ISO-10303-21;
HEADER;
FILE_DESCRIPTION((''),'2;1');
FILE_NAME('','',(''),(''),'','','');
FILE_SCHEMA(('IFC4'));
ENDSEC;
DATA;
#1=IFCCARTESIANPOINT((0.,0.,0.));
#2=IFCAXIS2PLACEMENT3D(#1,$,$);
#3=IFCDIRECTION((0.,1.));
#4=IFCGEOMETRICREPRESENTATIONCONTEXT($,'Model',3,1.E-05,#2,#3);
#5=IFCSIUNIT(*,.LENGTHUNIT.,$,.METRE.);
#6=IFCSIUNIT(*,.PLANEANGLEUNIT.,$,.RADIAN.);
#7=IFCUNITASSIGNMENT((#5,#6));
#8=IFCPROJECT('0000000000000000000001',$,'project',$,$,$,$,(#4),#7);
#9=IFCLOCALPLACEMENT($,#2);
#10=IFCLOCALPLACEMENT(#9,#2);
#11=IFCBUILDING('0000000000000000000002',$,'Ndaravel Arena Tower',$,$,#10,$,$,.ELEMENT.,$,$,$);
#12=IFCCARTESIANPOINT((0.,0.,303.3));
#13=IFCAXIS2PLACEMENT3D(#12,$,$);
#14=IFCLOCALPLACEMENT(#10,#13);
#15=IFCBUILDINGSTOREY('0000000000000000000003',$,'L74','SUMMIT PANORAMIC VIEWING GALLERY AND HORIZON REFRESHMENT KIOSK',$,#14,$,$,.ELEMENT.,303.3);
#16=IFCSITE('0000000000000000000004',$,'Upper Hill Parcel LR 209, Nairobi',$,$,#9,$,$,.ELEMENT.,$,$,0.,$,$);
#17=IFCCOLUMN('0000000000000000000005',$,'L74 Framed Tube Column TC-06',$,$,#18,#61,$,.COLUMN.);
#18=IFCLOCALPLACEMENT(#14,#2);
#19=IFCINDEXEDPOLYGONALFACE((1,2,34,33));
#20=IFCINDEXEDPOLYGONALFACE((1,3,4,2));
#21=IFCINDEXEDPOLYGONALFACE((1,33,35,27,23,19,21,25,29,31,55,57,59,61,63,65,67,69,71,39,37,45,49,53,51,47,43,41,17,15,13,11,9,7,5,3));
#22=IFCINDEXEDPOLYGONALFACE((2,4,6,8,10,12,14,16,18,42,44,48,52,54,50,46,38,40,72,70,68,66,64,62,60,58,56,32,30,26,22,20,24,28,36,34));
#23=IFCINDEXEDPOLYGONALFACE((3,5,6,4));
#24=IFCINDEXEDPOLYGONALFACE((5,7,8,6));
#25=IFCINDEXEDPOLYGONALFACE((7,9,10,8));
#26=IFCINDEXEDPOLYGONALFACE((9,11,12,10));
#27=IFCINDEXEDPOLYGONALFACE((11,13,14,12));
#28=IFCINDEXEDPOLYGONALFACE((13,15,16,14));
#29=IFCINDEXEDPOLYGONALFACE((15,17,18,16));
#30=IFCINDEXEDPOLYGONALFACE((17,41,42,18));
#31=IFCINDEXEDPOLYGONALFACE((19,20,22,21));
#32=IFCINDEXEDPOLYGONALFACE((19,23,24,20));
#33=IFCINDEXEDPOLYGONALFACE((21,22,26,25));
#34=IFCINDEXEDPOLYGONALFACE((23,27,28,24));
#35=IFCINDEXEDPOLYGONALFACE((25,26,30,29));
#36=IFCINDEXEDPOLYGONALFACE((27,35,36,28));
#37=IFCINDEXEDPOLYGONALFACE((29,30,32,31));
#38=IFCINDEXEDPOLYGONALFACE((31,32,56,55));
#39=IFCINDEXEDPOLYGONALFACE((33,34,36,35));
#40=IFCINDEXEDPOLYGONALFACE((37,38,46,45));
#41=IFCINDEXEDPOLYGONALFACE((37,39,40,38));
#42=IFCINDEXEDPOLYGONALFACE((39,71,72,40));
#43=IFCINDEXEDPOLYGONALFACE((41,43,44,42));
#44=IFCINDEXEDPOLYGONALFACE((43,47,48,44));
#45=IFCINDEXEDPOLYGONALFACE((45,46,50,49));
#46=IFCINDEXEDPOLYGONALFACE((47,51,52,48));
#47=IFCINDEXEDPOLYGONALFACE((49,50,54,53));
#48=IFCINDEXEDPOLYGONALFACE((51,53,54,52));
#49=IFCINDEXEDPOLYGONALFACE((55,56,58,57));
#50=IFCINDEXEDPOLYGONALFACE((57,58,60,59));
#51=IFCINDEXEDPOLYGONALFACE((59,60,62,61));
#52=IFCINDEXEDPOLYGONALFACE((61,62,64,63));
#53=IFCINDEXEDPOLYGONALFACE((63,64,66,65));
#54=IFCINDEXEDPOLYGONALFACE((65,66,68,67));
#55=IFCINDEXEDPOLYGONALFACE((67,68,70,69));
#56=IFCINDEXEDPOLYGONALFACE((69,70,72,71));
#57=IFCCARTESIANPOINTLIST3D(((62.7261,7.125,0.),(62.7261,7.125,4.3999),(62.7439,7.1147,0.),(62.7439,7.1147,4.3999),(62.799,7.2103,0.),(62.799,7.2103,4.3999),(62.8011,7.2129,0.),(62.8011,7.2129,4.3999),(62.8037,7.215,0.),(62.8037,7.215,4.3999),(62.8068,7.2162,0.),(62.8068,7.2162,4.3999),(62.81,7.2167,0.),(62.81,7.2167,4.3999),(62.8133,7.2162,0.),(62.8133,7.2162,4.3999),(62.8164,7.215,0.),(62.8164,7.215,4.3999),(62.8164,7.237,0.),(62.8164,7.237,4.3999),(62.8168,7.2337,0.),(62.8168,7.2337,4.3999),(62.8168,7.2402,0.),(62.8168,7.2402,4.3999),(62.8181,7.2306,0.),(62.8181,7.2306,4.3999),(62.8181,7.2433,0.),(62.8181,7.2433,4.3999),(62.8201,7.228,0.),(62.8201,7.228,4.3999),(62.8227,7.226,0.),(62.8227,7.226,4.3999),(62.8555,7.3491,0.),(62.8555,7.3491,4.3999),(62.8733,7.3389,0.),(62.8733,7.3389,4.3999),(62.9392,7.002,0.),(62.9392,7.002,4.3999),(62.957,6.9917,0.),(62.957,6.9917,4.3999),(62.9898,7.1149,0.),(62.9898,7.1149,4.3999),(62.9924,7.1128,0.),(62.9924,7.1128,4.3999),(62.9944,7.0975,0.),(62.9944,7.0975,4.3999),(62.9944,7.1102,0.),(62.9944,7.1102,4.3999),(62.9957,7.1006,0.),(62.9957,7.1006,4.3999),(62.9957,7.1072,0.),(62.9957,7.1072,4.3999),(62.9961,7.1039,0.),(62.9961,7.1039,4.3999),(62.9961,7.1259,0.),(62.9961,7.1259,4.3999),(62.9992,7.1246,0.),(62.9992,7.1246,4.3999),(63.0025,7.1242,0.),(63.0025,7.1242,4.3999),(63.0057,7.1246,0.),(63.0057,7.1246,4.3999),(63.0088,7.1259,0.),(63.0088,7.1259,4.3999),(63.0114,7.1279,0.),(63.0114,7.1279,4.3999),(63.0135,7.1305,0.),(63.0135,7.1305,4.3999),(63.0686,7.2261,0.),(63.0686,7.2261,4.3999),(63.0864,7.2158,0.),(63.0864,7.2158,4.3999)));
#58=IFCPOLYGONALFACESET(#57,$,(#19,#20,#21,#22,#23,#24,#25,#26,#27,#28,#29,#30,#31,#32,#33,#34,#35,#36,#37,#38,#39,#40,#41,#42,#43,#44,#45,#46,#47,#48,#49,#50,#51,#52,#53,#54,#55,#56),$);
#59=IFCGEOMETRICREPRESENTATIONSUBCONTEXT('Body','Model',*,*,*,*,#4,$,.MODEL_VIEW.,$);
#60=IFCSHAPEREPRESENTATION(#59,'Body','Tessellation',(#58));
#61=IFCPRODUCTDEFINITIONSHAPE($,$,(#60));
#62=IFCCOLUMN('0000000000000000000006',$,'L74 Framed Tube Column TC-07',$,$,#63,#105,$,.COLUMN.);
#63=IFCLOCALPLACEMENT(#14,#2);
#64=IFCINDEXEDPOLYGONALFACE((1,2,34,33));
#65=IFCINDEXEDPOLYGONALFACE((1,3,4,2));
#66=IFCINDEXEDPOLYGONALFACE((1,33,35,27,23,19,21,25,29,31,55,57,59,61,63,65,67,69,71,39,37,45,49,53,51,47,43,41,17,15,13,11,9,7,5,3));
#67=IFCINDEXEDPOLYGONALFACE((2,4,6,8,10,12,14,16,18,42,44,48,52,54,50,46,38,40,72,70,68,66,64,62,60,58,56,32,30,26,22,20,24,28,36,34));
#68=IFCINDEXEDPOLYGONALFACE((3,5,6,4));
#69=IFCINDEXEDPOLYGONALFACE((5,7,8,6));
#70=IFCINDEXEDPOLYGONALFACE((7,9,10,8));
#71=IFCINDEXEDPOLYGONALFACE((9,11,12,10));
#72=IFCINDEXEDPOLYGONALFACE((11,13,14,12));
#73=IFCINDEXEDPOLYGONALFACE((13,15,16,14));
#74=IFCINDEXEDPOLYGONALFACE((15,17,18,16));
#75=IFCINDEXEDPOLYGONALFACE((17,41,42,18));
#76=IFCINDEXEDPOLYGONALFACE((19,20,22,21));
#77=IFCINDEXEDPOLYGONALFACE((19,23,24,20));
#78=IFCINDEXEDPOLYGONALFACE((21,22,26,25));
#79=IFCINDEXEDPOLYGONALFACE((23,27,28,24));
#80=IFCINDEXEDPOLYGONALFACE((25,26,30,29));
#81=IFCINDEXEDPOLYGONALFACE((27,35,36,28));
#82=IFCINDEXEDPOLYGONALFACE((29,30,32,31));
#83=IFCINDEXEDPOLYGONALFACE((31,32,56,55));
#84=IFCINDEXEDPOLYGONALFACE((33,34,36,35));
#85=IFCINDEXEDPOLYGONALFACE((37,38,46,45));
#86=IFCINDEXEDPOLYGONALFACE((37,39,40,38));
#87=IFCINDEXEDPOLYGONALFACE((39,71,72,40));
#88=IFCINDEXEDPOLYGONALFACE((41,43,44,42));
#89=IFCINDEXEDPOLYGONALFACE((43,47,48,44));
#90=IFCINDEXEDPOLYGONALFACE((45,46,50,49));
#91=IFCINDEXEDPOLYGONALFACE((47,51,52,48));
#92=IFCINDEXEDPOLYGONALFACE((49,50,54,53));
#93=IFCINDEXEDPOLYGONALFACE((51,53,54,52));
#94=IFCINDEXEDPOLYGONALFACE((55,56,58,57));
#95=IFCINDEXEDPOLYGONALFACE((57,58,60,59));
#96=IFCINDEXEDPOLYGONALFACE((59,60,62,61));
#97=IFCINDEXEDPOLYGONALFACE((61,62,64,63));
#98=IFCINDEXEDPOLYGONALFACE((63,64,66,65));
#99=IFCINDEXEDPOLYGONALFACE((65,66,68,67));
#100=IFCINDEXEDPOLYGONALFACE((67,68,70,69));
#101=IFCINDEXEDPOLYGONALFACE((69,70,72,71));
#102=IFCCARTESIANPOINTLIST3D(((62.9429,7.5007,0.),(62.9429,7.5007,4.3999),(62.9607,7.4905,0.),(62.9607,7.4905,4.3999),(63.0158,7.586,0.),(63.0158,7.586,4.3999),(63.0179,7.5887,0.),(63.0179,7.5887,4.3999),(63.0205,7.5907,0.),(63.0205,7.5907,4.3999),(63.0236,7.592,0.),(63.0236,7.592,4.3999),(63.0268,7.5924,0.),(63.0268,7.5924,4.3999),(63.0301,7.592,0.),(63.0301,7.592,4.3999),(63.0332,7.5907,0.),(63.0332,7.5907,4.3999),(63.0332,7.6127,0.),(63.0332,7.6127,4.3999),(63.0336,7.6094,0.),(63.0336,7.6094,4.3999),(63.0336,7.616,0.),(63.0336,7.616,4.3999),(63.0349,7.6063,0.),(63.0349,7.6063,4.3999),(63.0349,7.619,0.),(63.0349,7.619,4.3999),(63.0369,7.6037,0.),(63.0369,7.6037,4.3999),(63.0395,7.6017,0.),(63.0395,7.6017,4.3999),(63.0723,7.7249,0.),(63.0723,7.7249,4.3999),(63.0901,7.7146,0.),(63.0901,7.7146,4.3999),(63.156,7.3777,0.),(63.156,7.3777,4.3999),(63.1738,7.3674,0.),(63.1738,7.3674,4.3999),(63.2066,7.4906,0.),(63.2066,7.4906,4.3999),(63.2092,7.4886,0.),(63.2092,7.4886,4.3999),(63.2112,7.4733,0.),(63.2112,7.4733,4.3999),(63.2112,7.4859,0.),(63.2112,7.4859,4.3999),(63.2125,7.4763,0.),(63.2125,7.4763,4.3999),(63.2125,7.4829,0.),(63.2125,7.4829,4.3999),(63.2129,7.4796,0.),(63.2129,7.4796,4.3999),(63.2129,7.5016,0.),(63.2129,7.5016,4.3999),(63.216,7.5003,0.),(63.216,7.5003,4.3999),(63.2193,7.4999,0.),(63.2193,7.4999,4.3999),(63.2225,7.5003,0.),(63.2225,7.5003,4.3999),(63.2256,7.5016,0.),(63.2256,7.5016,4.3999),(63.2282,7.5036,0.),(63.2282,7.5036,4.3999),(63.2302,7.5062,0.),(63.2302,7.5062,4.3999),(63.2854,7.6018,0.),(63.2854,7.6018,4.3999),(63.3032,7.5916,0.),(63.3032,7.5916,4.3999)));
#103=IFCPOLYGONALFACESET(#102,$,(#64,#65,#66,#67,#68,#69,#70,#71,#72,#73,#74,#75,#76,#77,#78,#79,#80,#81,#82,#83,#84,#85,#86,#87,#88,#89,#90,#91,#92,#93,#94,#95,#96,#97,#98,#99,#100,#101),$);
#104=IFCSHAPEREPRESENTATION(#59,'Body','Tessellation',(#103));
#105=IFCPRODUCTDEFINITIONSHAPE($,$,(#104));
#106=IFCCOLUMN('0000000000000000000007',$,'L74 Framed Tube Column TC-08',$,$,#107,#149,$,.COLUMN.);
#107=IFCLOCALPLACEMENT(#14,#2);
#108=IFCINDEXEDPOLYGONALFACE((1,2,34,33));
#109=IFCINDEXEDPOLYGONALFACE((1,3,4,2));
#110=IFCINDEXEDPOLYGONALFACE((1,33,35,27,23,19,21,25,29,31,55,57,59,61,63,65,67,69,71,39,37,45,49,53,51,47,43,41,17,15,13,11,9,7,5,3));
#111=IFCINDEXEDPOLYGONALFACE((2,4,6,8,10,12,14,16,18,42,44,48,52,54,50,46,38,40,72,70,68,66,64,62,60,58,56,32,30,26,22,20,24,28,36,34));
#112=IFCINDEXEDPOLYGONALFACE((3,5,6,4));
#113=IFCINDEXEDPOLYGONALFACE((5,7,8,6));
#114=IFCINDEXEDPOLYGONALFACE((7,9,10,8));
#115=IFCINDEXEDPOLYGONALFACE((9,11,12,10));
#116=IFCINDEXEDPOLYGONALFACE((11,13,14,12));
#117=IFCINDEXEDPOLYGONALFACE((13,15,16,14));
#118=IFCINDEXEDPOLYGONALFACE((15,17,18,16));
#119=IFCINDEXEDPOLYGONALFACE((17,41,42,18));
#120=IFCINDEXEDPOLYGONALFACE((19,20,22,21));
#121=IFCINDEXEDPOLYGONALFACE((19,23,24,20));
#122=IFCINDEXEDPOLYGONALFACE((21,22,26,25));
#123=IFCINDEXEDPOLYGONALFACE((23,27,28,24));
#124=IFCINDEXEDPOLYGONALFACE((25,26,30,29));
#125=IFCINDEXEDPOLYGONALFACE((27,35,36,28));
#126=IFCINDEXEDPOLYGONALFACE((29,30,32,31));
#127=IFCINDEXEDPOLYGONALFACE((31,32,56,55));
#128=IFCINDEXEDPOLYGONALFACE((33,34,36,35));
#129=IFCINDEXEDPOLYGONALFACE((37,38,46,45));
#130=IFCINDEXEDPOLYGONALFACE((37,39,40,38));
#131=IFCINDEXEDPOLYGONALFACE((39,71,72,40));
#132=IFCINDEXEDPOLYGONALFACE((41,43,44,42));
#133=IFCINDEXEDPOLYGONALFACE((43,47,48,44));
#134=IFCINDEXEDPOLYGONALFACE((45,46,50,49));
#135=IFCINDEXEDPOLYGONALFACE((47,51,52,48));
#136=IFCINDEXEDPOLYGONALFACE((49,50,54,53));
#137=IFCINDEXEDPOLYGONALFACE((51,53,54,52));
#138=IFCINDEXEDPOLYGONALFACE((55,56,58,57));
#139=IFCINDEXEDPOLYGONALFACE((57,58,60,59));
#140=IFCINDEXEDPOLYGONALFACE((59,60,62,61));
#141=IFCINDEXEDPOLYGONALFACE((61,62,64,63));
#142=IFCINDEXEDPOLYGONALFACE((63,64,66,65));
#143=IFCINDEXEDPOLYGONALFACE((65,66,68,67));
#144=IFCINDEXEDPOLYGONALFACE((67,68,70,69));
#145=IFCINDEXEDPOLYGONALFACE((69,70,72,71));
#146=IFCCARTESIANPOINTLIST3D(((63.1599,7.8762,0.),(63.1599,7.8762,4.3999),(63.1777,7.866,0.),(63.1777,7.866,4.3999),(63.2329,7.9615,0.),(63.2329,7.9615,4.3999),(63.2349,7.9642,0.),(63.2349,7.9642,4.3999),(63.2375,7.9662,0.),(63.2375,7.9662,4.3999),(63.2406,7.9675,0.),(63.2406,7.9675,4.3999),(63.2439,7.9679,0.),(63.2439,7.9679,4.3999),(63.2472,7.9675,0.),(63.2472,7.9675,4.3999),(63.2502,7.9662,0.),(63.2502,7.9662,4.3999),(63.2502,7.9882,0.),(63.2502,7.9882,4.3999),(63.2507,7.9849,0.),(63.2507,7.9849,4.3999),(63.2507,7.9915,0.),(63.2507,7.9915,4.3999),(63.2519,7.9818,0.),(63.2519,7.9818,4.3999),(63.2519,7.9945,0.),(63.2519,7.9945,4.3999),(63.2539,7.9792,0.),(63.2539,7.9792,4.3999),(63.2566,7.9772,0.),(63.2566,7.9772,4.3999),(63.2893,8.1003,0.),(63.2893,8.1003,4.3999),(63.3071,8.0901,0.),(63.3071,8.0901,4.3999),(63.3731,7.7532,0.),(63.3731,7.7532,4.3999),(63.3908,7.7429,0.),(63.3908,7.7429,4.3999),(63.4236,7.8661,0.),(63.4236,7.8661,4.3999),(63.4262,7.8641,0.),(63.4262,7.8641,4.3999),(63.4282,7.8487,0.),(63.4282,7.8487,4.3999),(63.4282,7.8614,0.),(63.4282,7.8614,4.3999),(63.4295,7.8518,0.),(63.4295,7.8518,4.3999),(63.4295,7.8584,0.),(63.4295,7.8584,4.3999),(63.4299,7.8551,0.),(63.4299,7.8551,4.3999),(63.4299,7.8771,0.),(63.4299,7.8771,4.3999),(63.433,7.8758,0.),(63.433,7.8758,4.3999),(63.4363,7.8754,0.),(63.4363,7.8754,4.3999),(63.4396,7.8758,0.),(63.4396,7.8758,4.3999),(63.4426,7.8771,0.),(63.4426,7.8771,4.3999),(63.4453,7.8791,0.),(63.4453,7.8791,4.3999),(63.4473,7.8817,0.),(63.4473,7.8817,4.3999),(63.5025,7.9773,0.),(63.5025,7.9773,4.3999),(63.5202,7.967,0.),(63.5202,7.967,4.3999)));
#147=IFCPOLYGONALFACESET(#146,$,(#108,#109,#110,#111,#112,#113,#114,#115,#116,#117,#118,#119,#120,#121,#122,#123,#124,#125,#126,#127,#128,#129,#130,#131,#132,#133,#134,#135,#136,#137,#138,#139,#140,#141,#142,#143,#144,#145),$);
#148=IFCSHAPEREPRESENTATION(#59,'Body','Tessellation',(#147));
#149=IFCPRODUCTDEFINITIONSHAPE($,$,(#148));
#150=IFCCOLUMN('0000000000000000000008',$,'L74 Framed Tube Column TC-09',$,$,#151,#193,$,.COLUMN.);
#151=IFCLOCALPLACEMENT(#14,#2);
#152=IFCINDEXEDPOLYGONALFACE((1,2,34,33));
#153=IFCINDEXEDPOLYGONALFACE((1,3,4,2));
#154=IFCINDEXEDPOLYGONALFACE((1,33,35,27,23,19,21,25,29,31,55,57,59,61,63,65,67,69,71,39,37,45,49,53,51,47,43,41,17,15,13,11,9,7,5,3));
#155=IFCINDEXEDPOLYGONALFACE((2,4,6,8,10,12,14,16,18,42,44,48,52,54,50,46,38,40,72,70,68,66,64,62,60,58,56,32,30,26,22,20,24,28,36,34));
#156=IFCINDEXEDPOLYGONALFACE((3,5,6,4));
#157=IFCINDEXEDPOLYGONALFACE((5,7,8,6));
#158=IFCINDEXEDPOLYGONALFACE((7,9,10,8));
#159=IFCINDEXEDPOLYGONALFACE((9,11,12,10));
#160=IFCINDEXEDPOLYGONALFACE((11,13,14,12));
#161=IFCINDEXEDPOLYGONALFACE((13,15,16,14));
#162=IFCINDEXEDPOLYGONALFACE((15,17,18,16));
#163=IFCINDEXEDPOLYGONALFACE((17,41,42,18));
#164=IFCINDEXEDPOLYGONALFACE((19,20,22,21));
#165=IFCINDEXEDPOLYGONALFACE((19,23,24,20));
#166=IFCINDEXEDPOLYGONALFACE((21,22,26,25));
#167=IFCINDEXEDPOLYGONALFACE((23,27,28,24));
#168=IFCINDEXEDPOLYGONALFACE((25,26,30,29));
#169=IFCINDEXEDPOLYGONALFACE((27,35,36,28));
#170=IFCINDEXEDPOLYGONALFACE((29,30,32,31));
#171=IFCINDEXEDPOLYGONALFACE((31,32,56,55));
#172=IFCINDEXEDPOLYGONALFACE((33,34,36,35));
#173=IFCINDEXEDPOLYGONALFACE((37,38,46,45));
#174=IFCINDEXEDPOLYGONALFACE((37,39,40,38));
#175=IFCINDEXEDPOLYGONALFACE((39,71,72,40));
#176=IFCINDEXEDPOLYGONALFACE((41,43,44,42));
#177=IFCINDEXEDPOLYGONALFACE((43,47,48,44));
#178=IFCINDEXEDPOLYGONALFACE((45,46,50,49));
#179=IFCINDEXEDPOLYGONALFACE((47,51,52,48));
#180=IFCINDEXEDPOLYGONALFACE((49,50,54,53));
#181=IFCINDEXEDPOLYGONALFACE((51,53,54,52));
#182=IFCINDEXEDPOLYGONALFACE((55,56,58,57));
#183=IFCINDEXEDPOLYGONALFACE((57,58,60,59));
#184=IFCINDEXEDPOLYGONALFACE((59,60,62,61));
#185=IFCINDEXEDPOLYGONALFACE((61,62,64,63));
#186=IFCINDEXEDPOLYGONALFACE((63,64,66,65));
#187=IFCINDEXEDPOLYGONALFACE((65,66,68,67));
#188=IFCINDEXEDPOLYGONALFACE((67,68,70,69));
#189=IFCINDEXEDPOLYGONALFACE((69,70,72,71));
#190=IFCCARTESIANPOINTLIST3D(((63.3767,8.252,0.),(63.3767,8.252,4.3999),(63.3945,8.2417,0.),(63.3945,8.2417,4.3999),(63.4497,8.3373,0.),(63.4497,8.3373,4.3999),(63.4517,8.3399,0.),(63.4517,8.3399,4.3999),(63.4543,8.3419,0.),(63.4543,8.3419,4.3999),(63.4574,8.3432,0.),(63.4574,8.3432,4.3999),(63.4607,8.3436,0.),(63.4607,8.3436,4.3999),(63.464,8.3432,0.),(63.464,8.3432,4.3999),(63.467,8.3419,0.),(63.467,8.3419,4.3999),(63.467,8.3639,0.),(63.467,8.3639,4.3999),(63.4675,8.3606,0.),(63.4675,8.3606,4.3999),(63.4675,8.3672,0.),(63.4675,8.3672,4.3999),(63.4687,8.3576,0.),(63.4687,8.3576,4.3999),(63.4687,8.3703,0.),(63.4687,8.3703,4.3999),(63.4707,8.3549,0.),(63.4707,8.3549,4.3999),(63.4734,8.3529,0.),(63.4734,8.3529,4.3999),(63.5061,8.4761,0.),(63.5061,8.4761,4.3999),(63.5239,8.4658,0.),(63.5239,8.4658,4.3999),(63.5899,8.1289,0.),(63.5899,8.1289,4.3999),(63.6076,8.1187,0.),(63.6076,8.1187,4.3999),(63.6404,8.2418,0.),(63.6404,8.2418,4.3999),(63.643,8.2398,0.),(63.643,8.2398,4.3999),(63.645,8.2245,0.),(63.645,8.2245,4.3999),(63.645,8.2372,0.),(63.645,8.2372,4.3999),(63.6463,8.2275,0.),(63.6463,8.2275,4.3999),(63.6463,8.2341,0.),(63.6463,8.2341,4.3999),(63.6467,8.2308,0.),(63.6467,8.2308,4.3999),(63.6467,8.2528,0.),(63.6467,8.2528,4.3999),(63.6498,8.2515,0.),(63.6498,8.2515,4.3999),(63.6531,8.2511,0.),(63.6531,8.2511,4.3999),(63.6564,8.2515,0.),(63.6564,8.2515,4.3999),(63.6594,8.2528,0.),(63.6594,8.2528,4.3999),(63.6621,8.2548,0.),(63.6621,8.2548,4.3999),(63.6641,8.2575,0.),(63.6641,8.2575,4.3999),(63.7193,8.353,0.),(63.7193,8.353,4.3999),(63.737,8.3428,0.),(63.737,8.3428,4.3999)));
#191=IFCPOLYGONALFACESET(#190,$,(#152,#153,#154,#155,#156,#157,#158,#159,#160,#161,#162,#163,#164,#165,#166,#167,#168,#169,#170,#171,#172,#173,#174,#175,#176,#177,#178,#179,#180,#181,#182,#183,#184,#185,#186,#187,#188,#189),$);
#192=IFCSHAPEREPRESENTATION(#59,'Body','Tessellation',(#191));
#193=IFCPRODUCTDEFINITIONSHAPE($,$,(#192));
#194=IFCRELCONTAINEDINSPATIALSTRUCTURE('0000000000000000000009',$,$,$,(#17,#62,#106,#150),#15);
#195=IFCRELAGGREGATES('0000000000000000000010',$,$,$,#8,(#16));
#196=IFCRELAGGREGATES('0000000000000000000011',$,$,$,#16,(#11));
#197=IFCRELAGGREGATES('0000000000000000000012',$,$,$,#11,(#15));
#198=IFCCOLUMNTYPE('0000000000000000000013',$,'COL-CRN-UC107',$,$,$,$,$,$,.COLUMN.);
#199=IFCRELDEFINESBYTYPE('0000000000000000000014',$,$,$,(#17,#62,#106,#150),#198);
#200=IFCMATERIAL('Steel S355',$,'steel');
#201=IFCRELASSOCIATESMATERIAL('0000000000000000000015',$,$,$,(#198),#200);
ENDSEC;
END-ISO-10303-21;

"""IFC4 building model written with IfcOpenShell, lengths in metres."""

from ifc_helpers import new_model, si_unit, direction, frame, origin, origin_2d, place, context, subcontext, project, spatial, i_section, extrude, material, material_profile, profile_set, type_object, element, save


model = new_model("IFC4")

# Units and contexts
model_context = context("Model", 3, precision=1e-05, world=origin(), true_north=direction((0.0, 1.0)))
body_context = subcontext(model_context, "Body", "Model", "MODEL_VIEW")
ifc_project = project(units=[si_unit("LENGTHUNIT", "METRE"), si_unit("PLANEANGLEUNIT", "RADIAN")], contexts=[model_context])

# Site, building, storey
site_placement = place(None, origin())
site = spatial("IfcSite", under=ifc_project, at=site_placement, Name="Upper Hill Parcel LR 209, Nairobi", CompositionType="ELEMENT", RefElevation=0.0)
building_placement = place(site_placement, origin())
building = spatial("IfcBuilding", under=site, at=building_placement, Name="Ndaravel Arena Tower", CompositionType="ELEMENT")
storey_placement = place(building_placement, frame((0.0, 0.0, 303.3)))
storey = spatial("IfcBuildingStorey", under=building, at=storey_placement, Name="L74", Description="SUMMIT PANORAMIC VIEWING GALLERY AND HORIZON REFRESHMENT KIOSK", CompositionType="ELEMENT", Elevation=303.3)

# Columns
ifc_material_1 = material(Name="Steel S355", Category="steel")
ifc_material_profile_1 = material_profile(ifc_material_1, i_section(OverallWidth=0.2588, OverallDepth=0.2666, WebThickness=0.0127, FlangeThickness=0.0205, FilletRadius=0.0127, at=origin_2d()), Name="UC 254x254x107")
ifc_profile_set_1 = profile_set([ifc_material_profile_1], Name="Steel S355")
column_type = type_object("IfcColumnType", Name="COL-CRN-UC107", PredefinedType="COLUMN", material=ifc_profile_set_1)
for number, where, z_axis, x_axis, name in (
    (1, (62.9062, 7.1704, 0.0), (0.0, 0.0, 1.0), (0.5, 0.866025, 0.0), "L74 Framed Tube Column TC-06"),
    (2, (63.123, 7.5461, 0.0), (0.0, 0.0, 1.0), (0.5, 0.866025, 0.0), "L74 Framed Tube Column TC-07"),
    (3, (63.3401, 7.9216, 0.0), (0.0, 0.0, 1.0), (0.5, 0.866025, 0.0), "L74 Framed Tube Column TC-08"),
    (4, (63.5569, 8.2974, 0.0), (0.0, 0.0, 1.0), (0.5, 0.866025, 0.0), "L74 Framed Tube Column TC-09"),
):
    element("IfcColumn", number, at=place(storey_placement, frame(where, z_axis=z_axis, x_axis=x_axis)), inside=storey, type_object=column_type, Name=name, PredefinedType="COLUMN", context=body_context, shape_type="SweptSolid", body=[
        extrude(i_section(OverallWidth=0.2588, OverallDepth=0.2666, WebThickness=0.0127, FlangeThickness=0.0205, FilletRadius=0.0127, at=origin_2d()), origin(), (0.0, 0.0, 1.0), 4.3999),
    ])

save(model, "model.ifc")
